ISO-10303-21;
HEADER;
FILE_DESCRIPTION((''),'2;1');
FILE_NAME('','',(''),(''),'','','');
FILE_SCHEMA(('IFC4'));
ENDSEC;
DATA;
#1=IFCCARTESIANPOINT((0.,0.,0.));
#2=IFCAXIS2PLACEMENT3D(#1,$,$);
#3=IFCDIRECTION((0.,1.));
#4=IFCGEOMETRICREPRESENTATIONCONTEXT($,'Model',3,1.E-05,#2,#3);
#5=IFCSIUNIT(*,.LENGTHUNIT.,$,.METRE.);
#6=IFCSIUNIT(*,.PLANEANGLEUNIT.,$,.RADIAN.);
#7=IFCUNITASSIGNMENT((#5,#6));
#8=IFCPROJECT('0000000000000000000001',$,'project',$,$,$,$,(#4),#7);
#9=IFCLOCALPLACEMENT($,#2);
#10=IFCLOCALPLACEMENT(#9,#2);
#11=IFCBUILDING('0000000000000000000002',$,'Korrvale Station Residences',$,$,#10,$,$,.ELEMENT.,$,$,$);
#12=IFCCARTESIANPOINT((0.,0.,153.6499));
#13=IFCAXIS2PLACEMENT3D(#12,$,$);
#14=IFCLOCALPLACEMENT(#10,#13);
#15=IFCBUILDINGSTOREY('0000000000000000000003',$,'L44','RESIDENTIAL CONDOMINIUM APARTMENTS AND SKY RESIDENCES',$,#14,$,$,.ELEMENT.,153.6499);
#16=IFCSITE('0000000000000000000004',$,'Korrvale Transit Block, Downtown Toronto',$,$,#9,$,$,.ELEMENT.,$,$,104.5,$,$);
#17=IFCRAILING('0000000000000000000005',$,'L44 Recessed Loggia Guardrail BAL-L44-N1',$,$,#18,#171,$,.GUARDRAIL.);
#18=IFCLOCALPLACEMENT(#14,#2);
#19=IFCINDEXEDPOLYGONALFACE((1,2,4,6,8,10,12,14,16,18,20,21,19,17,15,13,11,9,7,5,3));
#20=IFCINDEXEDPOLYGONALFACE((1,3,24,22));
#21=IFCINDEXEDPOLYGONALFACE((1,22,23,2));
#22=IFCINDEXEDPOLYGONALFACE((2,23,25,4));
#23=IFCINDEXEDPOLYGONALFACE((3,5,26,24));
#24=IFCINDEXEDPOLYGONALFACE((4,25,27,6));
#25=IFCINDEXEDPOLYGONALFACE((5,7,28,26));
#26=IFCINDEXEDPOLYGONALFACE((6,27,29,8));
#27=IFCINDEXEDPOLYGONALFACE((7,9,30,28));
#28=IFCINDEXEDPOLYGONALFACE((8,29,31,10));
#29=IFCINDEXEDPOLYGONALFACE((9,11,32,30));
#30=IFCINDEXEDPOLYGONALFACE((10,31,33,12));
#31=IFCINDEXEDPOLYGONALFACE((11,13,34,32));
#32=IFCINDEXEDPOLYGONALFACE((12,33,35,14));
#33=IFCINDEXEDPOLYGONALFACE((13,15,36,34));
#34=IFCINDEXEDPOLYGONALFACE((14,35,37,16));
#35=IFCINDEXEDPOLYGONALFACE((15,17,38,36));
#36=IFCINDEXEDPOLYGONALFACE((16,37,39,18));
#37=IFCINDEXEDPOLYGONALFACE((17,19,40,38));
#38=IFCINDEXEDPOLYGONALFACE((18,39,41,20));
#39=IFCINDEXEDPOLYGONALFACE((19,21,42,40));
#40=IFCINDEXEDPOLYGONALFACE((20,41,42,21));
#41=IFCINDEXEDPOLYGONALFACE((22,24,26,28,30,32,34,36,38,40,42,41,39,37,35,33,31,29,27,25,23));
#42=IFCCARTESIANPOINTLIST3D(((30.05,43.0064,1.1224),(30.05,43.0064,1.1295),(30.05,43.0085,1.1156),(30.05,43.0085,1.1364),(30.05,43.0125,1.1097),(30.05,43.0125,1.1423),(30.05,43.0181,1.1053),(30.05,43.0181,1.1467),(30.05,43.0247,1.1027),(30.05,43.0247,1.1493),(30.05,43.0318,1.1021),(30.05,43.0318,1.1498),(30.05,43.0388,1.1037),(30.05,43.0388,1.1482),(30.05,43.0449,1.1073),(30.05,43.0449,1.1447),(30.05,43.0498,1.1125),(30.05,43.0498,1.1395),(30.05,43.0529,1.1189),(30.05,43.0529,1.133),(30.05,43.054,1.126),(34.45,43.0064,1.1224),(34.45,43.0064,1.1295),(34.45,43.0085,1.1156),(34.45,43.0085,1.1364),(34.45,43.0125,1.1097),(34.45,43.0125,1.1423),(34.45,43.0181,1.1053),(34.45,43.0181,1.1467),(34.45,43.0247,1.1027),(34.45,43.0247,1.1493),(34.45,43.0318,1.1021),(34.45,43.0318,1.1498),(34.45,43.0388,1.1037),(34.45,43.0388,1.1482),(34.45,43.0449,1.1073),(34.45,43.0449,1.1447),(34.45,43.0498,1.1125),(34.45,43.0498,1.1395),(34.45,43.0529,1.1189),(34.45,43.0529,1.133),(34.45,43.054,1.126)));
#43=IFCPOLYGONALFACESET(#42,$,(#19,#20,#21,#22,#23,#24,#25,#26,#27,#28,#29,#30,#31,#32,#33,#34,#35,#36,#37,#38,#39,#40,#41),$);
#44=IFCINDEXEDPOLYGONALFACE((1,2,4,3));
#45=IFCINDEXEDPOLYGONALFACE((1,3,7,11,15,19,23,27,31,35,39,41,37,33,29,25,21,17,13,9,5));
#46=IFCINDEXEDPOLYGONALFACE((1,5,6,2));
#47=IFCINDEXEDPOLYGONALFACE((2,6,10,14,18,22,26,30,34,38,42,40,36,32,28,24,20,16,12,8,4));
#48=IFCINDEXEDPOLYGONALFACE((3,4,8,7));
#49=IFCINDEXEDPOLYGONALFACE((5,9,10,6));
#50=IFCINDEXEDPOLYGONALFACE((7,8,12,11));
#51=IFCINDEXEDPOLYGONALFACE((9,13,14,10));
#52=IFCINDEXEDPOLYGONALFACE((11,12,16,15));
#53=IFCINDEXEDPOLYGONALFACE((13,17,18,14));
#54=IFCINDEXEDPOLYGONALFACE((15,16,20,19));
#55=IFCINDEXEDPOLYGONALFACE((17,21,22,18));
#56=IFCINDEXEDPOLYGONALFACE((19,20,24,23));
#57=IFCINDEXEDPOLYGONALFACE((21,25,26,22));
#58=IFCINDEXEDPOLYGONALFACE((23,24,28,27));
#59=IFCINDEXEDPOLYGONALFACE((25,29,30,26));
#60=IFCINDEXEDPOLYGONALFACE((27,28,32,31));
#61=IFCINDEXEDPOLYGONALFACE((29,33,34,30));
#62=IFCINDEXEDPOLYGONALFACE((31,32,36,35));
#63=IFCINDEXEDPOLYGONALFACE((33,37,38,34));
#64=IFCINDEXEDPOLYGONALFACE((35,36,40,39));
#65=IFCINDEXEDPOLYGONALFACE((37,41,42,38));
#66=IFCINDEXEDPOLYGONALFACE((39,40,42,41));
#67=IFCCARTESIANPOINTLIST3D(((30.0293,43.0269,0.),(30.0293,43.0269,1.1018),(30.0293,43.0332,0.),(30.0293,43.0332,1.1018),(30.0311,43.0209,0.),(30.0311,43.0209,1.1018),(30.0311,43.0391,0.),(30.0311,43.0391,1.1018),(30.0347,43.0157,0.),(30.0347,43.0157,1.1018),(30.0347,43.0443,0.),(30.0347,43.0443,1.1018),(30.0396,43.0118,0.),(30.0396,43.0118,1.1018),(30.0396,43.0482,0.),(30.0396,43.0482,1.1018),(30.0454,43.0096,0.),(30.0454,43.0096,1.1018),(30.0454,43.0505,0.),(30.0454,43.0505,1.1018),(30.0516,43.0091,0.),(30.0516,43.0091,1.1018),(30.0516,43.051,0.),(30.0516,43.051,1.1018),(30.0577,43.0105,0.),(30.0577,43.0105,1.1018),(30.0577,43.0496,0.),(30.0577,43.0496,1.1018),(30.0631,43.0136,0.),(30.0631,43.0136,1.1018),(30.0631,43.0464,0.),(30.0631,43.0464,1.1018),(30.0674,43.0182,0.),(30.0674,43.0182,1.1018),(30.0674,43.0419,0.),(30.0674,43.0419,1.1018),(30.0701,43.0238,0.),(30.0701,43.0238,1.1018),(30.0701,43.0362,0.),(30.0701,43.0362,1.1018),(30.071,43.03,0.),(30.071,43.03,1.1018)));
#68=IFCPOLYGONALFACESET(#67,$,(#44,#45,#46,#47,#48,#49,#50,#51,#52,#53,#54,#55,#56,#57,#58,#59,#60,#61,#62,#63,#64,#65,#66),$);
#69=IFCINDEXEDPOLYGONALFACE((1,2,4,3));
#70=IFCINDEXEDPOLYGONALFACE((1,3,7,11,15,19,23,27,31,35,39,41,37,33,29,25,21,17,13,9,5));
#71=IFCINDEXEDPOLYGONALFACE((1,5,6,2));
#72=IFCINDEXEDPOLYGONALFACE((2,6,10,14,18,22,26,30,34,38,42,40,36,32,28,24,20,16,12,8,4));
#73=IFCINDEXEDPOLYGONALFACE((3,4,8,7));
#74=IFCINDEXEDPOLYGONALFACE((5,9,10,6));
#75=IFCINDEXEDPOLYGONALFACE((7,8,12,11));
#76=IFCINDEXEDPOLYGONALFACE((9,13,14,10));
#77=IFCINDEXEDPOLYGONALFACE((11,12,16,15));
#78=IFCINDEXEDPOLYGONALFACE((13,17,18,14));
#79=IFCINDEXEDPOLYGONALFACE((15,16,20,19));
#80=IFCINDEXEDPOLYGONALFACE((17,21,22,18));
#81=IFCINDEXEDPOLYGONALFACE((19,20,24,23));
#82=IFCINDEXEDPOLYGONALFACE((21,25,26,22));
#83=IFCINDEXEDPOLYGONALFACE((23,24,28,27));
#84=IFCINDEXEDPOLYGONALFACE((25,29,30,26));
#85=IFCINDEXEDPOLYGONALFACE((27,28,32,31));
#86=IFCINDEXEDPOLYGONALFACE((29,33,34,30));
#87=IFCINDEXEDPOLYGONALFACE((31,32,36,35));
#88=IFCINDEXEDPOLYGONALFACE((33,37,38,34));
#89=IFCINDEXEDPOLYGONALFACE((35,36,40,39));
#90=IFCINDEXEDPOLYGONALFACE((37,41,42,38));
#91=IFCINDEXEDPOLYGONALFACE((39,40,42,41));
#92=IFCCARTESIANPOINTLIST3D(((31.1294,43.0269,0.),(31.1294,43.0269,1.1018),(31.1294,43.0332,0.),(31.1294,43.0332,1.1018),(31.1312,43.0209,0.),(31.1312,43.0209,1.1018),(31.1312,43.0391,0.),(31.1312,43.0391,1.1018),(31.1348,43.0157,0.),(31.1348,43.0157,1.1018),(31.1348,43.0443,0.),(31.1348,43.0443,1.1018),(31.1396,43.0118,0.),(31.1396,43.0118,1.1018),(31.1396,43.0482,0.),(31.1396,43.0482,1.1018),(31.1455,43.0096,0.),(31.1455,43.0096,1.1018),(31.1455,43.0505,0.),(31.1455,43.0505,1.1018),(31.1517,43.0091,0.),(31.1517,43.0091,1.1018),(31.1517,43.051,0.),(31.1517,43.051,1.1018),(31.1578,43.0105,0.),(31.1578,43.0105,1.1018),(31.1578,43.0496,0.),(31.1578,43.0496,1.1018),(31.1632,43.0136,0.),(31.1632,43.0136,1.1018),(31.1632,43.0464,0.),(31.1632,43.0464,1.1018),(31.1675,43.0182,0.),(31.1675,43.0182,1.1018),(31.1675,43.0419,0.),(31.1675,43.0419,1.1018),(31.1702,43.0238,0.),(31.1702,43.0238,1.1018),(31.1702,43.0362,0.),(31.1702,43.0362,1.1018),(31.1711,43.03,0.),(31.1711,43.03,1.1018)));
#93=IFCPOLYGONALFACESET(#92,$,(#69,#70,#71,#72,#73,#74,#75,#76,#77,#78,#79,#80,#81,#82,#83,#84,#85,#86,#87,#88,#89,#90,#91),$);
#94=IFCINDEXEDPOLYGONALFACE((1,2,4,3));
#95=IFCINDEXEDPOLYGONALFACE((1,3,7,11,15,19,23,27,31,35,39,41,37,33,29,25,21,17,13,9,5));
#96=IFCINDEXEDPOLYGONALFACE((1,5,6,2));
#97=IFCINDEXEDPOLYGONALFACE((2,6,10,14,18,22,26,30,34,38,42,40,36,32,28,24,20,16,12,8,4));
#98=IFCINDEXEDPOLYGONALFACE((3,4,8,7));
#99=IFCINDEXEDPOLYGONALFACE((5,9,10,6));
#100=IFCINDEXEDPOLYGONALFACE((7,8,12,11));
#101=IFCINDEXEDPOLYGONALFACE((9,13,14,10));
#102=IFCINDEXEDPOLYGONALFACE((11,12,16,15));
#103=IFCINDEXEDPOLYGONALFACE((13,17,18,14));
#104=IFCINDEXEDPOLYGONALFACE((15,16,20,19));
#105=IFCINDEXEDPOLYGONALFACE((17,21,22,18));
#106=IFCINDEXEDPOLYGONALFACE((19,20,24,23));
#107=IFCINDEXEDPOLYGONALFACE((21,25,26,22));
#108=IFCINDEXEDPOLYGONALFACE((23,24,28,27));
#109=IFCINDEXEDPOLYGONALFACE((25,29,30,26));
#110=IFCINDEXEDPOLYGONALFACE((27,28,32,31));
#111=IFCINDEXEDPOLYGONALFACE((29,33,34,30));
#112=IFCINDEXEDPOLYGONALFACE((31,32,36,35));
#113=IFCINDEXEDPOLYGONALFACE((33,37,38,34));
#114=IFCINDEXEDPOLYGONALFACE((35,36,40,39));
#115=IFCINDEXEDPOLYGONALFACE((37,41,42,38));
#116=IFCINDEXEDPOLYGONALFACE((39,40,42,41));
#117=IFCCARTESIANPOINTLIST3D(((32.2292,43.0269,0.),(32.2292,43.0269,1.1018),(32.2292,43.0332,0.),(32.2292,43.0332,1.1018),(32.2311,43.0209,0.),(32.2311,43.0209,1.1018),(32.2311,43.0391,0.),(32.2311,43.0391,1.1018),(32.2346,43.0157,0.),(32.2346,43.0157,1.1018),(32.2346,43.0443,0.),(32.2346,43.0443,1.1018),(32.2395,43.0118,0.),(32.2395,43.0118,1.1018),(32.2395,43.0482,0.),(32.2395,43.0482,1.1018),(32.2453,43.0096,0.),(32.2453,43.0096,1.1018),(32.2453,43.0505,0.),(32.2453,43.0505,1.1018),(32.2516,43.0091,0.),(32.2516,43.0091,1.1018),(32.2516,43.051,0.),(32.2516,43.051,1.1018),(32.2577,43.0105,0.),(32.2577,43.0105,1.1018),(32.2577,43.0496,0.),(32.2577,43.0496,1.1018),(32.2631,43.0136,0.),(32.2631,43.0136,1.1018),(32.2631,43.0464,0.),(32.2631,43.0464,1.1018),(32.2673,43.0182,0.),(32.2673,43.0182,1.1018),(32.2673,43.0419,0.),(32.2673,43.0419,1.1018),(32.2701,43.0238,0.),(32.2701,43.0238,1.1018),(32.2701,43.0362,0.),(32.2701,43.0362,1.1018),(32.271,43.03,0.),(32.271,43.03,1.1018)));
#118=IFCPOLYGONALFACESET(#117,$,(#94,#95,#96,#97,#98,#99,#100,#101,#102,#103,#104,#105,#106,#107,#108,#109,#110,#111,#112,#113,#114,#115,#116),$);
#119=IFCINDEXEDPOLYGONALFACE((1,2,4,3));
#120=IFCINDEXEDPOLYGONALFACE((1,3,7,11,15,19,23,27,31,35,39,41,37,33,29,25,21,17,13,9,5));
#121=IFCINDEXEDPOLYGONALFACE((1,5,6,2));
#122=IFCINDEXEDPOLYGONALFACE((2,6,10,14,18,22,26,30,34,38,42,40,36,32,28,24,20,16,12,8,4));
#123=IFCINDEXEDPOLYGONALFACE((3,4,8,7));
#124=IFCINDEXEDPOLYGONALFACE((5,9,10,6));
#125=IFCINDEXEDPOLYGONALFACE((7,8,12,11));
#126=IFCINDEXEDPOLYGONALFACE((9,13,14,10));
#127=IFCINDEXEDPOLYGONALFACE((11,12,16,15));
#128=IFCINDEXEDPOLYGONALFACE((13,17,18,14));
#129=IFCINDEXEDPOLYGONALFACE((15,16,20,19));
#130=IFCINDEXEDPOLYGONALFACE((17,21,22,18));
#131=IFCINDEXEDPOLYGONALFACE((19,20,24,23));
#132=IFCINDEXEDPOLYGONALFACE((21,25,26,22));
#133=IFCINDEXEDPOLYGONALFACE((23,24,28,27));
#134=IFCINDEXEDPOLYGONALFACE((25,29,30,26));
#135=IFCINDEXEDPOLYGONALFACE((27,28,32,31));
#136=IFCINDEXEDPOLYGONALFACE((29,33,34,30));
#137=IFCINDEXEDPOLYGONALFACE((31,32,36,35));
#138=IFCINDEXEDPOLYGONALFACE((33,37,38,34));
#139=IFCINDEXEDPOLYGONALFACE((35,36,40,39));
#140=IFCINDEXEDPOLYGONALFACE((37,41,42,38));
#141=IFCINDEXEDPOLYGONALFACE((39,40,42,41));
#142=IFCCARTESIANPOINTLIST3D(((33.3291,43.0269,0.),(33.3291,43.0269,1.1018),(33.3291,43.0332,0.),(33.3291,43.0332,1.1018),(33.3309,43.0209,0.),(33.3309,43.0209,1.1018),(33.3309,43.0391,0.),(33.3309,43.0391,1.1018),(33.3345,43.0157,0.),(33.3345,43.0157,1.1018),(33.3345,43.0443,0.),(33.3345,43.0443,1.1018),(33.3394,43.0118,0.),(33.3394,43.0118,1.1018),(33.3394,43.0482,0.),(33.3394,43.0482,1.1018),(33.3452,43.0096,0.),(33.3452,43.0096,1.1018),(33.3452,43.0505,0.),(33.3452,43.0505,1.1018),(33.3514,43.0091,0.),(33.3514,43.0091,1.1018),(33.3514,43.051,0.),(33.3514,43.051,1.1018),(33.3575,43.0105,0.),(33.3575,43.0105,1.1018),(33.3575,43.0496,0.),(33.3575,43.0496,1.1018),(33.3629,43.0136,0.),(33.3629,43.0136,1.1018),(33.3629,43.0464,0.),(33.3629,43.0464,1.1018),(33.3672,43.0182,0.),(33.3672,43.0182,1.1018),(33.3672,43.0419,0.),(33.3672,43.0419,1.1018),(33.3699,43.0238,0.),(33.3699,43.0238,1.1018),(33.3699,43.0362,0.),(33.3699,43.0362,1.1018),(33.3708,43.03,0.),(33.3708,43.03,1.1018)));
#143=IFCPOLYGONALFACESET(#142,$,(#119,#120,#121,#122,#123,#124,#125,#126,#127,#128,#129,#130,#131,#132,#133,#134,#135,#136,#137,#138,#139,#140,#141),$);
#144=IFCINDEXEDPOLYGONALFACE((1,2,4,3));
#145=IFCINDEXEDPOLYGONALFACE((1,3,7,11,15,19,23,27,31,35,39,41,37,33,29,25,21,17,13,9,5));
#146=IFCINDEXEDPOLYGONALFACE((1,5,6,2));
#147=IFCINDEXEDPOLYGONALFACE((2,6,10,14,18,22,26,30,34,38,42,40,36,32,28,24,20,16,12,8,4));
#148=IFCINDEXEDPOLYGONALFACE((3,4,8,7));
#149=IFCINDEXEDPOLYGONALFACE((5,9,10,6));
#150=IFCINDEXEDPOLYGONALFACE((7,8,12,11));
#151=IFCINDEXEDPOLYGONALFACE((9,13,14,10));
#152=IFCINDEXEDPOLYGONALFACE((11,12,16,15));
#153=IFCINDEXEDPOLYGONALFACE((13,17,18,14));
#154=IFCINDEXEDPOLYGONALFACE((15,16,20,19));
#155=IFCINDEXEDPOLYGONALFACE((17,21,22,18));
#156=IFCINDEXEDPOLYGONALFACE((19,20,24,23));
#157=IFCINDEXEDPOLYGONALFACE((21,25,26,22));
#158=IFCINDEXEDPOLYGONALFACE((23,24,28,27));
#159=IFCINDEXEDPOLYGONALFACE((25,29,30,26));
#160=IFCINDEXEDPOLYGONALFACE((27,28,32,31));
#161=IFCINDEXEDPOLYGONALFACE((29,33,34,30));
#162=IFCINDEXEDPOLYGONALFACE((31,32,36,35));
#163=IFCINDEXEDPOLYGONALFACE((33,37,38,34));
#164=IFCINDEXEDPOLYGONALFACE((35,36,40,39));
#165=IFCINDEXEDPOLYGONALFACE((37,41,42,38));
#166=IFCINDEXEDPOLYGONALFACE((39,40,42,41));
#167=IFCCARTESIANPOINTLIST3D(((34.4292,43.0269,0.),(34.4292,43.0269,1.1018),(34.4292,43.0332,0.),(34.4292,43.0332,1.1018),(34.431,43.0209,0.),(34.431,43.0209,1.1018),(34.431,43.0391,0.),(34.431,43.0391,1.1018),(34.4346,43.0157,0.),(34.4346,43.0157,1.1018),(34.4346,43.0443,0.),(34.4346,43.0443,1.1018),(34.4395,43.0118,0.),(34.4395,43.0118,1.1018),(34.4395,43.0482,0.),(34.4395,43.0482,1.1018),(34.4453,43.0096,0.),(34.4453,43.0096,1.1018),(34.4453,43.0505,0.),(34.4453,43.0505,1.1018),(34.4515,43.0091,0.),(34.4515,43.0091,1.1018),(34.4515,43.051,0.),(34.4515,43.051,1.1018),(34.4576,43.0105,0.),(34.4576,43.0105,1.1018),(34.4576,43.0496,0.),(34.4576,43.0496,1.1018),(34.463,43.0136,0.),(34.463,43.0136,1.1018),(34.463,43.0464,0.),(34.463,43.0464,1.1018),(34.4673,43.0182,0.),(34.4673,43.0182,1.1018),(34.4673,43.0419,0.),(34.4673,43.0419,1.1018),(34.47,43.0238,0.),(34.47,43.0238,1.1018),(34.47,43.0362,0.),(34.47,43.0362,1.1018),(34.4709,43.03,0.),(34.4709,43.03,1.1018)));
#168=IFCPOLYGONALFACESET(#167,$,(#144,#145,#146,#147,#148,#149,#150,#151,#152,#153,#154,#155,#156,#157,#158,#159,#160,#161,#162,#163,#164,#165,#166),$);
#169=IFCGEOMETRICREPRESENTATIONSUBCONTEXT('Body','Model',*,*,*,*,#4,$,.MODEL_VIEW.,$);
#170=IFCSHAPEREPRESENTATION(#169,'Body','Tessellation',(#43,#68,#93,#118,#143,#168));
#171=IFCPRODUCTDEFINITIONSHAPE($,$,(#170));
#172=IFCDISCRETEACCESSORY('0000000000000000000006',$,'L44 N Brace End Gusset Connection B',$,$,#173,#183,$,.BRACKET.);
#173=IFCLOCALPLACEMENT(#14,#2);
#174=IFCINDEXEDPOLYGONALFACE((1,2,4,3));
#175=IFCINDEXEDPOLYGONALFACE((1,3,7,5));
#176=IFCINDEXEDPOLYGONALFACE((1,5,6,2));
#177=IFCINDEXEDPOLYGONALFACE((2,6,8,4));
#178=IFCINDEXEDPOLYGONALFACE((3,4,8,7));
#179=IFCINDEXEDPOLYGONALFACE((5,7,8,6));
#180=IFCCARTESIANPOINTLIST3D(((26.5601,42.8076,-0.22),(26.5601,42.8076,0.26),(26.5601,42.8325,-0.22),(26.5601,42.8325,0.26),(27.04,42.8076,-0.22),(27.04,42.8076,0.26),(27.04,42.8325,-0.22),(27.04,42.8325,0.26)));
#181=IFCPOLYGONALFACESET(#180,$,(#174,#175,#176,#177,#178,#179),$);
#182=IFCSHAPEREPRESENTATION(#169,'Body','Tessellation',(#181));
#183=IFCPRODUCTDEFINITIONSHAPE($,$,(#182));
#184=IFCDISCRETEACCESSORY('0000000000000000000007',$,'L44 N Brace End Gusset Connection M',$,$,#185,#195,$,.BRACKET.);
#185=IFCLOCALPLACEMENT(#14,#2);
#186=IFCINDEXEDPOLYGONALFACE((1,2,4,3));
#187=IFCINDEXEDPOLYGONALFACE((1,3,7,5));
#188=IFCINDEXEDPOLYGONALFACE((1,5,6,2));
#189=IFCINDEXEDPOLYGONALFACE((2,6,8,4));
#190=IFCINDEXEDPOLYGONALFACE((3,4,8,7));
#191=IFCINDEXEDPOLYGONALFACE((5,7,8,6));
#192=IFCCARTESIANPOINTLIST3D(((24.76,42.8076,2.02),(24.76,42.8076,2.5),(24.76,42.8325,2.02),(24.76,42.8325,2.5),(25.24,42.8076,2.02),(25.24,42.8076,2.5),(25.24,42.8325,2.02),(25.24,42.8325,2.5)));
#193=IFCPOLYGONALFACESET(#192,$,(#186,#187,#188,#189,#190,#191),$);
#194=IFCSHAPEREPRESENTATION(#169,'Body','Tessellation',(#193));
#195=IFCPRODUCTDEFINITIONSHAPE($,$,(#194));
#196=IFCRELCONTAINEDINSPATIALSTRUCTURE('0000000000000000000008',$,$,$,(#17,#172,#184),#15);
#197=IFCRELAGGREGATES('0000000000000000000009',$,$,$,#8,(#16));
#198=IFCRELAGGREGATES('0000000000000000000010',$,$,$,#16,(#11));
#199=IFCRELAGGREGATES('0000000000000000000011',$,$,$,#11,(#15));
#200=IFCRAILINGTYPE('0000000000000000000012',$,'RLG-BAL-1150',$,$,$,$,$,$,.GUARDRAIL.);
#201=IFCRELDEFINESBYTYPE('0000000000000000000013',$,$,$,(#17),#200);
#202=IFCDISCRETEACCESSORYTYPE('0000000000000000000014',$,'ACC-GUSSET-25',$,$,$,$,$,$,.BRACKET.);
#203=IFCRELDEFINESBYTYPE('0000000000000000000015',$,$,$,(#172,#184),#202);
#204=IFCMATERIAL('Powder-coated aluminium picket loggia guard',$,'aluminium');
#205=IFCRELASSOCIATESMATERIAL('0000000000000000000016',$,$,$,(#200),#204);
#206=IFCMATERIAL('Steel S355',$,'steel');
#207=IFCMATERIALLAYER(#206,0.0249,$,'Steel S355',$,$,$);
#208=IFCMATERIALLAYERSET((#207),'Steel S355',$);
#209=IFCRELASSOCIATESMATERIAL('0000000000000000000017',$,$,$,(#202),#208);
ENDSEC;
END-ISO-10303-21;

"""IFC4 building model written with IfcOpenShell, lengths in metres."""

from ifc_helpers import new_model, si_unit, direction, frame, origin, origin_2d, place, context, subcontext, project, spatial, rectangle, circle, extrude, material, layer, layer_set, type_object, element, save


model = new_model("IFC4")

# Units and contexts
model_context = context("Model", 3, precision=1e-05, world=origin(), true_north=direction((0.0, 1.0)))
body_context = subcontext(model_context, "Body", "Model", "MODEL_VIEW")
ifc_project = project(units=[si_unit("LENGTHUNIT", "METRE"), si_unit("PLANEANGLEUNIT", "RADIAN")], contexts=[model_context])

# Site, building, storey
site_placement = place(None, origin())
site = spatial("IfcSite", under=ifc_project, at=site_placement, Name="Korrvale Transit Block, Downtown Toronto", CompositionType="ELEMENT", RefElevation=104.5)
building_placement = place(site_placement, origin())
building = spatial("IfcBuilding", under=site, at=building_placement, Name="Korrvale Station Residences", CompositionType="ELEMENT")
storey_placement = place(building_placement, frame((0.0, 0.0, 153.6499)))
storey = spatial("IfcBuildingStorey", under=building, at=storey_placement, Name="L44", Description="RESIDENTIAL CONDOMINIUM APARTMENTS AND SKY RESIDENCES", CompositionType="ELEMENT", Elevation=153.6499)

# Shared definitions
ifc_material_1 = material(Name="Steel S355", Category="steel")

# Railing
ifc_material_2 = material(Name="Powder-coated aluminium picket loggia guard", Category="aluminium")
railing_type = type_object("IfcRailingType", Name="RLG-BAL-1150", PredefinedType="GUARDRAIL", material=ifc_material_2)
railing_placement = place(storey_placement, frame((30.05, 43.03, 0.0)))
element("IfcRailing", 1, at=railing_placement, inside=storey, type_object=railing_type, Name="L44 Recessed Loggia Guardrail BAL-L44-N1", PredefinedType="GUARDRAIL", context=body_context, shape_type="SweptSolid", body=[
    extrude(circle(Radius=0.0239, at=origin_2d()), frame((0.0, 0.0, 1.126), z_axis=(1.0, 0.0, 0.0), x_axis=(0.0, 1.0, 0.0)), (0.0, 0.0, 1.0), 4.3999),
    extrude(circle(Radius=0.021, at=origin_2d()), origin(), (0.0, 0.0, 1.0), 1.1018),
    extrude(circle(Radius=0.021, at=origin_2d()), frame((1.1001, 0.0, 0.0)), (0.0, 0.0, 1.0), 1.1018),
    extrude(circle(Radius=0.021, at=origin_2d()), frame((2.2, 0.0, 0.0)), (0.0, 0.0, 1.0), 1.1018),
    extrude(circle(Radius=0.021, at=origin_2d()), frame((3.2998, 0.0, 0.0)), (0.0, 0.0, 1.0), 1.1018),
    extrude(circle(Radius=0.021, at=origin_2d()), frame((4.3999, 0.0, 0.0)), (0.0, 0.0, 1.0), 1.1018),
])

# Discrete accessories
ifc_layer_1 = layer(ifc_material_1, 0.0249, Name="Steel S355")
ifc_layer_set_1 = layer_set([ifc_layer_1], Name="Steel S355")
discrete_accessory_type = type_object("IfcDiscreteAccessoryType", Name="ACC-GUSSET-25", PredefinedType="BRACKET", material=ifc_layer_set_1)
for number, where, z_axis, x_axis, name in (
    (2, (26.8, 42.8201, -0.22), (0.0, 0.0, 1.0), (1.0, 0.0, 0.0), "L44 N Brace End Gusset Connection B"),
    (3, (25.0, 42.8201, 2.02), (0.0, 0.0, 1.0), (1.0, 0.0, 0.0), "L44 N Brace End Gusset Connection M"),
):
    element("IfcDiscreteAccessory", number, at=place(storey_placement, frame(where, z_axis=z_axis, x_axis=x_axis)), inside=storey, type_object=discrete_accessory_type, Name=name, PredefinedType="BRACKET", context=body_context, shape_type="SweptSolid", body=[
        extrude(rectangle(XDim=0.48, YDim=0.0249, at=origin_2d()), origin(), (0.0, 0.0, 1.0), 0.48),
    ])

save(model, "model.ifc")
